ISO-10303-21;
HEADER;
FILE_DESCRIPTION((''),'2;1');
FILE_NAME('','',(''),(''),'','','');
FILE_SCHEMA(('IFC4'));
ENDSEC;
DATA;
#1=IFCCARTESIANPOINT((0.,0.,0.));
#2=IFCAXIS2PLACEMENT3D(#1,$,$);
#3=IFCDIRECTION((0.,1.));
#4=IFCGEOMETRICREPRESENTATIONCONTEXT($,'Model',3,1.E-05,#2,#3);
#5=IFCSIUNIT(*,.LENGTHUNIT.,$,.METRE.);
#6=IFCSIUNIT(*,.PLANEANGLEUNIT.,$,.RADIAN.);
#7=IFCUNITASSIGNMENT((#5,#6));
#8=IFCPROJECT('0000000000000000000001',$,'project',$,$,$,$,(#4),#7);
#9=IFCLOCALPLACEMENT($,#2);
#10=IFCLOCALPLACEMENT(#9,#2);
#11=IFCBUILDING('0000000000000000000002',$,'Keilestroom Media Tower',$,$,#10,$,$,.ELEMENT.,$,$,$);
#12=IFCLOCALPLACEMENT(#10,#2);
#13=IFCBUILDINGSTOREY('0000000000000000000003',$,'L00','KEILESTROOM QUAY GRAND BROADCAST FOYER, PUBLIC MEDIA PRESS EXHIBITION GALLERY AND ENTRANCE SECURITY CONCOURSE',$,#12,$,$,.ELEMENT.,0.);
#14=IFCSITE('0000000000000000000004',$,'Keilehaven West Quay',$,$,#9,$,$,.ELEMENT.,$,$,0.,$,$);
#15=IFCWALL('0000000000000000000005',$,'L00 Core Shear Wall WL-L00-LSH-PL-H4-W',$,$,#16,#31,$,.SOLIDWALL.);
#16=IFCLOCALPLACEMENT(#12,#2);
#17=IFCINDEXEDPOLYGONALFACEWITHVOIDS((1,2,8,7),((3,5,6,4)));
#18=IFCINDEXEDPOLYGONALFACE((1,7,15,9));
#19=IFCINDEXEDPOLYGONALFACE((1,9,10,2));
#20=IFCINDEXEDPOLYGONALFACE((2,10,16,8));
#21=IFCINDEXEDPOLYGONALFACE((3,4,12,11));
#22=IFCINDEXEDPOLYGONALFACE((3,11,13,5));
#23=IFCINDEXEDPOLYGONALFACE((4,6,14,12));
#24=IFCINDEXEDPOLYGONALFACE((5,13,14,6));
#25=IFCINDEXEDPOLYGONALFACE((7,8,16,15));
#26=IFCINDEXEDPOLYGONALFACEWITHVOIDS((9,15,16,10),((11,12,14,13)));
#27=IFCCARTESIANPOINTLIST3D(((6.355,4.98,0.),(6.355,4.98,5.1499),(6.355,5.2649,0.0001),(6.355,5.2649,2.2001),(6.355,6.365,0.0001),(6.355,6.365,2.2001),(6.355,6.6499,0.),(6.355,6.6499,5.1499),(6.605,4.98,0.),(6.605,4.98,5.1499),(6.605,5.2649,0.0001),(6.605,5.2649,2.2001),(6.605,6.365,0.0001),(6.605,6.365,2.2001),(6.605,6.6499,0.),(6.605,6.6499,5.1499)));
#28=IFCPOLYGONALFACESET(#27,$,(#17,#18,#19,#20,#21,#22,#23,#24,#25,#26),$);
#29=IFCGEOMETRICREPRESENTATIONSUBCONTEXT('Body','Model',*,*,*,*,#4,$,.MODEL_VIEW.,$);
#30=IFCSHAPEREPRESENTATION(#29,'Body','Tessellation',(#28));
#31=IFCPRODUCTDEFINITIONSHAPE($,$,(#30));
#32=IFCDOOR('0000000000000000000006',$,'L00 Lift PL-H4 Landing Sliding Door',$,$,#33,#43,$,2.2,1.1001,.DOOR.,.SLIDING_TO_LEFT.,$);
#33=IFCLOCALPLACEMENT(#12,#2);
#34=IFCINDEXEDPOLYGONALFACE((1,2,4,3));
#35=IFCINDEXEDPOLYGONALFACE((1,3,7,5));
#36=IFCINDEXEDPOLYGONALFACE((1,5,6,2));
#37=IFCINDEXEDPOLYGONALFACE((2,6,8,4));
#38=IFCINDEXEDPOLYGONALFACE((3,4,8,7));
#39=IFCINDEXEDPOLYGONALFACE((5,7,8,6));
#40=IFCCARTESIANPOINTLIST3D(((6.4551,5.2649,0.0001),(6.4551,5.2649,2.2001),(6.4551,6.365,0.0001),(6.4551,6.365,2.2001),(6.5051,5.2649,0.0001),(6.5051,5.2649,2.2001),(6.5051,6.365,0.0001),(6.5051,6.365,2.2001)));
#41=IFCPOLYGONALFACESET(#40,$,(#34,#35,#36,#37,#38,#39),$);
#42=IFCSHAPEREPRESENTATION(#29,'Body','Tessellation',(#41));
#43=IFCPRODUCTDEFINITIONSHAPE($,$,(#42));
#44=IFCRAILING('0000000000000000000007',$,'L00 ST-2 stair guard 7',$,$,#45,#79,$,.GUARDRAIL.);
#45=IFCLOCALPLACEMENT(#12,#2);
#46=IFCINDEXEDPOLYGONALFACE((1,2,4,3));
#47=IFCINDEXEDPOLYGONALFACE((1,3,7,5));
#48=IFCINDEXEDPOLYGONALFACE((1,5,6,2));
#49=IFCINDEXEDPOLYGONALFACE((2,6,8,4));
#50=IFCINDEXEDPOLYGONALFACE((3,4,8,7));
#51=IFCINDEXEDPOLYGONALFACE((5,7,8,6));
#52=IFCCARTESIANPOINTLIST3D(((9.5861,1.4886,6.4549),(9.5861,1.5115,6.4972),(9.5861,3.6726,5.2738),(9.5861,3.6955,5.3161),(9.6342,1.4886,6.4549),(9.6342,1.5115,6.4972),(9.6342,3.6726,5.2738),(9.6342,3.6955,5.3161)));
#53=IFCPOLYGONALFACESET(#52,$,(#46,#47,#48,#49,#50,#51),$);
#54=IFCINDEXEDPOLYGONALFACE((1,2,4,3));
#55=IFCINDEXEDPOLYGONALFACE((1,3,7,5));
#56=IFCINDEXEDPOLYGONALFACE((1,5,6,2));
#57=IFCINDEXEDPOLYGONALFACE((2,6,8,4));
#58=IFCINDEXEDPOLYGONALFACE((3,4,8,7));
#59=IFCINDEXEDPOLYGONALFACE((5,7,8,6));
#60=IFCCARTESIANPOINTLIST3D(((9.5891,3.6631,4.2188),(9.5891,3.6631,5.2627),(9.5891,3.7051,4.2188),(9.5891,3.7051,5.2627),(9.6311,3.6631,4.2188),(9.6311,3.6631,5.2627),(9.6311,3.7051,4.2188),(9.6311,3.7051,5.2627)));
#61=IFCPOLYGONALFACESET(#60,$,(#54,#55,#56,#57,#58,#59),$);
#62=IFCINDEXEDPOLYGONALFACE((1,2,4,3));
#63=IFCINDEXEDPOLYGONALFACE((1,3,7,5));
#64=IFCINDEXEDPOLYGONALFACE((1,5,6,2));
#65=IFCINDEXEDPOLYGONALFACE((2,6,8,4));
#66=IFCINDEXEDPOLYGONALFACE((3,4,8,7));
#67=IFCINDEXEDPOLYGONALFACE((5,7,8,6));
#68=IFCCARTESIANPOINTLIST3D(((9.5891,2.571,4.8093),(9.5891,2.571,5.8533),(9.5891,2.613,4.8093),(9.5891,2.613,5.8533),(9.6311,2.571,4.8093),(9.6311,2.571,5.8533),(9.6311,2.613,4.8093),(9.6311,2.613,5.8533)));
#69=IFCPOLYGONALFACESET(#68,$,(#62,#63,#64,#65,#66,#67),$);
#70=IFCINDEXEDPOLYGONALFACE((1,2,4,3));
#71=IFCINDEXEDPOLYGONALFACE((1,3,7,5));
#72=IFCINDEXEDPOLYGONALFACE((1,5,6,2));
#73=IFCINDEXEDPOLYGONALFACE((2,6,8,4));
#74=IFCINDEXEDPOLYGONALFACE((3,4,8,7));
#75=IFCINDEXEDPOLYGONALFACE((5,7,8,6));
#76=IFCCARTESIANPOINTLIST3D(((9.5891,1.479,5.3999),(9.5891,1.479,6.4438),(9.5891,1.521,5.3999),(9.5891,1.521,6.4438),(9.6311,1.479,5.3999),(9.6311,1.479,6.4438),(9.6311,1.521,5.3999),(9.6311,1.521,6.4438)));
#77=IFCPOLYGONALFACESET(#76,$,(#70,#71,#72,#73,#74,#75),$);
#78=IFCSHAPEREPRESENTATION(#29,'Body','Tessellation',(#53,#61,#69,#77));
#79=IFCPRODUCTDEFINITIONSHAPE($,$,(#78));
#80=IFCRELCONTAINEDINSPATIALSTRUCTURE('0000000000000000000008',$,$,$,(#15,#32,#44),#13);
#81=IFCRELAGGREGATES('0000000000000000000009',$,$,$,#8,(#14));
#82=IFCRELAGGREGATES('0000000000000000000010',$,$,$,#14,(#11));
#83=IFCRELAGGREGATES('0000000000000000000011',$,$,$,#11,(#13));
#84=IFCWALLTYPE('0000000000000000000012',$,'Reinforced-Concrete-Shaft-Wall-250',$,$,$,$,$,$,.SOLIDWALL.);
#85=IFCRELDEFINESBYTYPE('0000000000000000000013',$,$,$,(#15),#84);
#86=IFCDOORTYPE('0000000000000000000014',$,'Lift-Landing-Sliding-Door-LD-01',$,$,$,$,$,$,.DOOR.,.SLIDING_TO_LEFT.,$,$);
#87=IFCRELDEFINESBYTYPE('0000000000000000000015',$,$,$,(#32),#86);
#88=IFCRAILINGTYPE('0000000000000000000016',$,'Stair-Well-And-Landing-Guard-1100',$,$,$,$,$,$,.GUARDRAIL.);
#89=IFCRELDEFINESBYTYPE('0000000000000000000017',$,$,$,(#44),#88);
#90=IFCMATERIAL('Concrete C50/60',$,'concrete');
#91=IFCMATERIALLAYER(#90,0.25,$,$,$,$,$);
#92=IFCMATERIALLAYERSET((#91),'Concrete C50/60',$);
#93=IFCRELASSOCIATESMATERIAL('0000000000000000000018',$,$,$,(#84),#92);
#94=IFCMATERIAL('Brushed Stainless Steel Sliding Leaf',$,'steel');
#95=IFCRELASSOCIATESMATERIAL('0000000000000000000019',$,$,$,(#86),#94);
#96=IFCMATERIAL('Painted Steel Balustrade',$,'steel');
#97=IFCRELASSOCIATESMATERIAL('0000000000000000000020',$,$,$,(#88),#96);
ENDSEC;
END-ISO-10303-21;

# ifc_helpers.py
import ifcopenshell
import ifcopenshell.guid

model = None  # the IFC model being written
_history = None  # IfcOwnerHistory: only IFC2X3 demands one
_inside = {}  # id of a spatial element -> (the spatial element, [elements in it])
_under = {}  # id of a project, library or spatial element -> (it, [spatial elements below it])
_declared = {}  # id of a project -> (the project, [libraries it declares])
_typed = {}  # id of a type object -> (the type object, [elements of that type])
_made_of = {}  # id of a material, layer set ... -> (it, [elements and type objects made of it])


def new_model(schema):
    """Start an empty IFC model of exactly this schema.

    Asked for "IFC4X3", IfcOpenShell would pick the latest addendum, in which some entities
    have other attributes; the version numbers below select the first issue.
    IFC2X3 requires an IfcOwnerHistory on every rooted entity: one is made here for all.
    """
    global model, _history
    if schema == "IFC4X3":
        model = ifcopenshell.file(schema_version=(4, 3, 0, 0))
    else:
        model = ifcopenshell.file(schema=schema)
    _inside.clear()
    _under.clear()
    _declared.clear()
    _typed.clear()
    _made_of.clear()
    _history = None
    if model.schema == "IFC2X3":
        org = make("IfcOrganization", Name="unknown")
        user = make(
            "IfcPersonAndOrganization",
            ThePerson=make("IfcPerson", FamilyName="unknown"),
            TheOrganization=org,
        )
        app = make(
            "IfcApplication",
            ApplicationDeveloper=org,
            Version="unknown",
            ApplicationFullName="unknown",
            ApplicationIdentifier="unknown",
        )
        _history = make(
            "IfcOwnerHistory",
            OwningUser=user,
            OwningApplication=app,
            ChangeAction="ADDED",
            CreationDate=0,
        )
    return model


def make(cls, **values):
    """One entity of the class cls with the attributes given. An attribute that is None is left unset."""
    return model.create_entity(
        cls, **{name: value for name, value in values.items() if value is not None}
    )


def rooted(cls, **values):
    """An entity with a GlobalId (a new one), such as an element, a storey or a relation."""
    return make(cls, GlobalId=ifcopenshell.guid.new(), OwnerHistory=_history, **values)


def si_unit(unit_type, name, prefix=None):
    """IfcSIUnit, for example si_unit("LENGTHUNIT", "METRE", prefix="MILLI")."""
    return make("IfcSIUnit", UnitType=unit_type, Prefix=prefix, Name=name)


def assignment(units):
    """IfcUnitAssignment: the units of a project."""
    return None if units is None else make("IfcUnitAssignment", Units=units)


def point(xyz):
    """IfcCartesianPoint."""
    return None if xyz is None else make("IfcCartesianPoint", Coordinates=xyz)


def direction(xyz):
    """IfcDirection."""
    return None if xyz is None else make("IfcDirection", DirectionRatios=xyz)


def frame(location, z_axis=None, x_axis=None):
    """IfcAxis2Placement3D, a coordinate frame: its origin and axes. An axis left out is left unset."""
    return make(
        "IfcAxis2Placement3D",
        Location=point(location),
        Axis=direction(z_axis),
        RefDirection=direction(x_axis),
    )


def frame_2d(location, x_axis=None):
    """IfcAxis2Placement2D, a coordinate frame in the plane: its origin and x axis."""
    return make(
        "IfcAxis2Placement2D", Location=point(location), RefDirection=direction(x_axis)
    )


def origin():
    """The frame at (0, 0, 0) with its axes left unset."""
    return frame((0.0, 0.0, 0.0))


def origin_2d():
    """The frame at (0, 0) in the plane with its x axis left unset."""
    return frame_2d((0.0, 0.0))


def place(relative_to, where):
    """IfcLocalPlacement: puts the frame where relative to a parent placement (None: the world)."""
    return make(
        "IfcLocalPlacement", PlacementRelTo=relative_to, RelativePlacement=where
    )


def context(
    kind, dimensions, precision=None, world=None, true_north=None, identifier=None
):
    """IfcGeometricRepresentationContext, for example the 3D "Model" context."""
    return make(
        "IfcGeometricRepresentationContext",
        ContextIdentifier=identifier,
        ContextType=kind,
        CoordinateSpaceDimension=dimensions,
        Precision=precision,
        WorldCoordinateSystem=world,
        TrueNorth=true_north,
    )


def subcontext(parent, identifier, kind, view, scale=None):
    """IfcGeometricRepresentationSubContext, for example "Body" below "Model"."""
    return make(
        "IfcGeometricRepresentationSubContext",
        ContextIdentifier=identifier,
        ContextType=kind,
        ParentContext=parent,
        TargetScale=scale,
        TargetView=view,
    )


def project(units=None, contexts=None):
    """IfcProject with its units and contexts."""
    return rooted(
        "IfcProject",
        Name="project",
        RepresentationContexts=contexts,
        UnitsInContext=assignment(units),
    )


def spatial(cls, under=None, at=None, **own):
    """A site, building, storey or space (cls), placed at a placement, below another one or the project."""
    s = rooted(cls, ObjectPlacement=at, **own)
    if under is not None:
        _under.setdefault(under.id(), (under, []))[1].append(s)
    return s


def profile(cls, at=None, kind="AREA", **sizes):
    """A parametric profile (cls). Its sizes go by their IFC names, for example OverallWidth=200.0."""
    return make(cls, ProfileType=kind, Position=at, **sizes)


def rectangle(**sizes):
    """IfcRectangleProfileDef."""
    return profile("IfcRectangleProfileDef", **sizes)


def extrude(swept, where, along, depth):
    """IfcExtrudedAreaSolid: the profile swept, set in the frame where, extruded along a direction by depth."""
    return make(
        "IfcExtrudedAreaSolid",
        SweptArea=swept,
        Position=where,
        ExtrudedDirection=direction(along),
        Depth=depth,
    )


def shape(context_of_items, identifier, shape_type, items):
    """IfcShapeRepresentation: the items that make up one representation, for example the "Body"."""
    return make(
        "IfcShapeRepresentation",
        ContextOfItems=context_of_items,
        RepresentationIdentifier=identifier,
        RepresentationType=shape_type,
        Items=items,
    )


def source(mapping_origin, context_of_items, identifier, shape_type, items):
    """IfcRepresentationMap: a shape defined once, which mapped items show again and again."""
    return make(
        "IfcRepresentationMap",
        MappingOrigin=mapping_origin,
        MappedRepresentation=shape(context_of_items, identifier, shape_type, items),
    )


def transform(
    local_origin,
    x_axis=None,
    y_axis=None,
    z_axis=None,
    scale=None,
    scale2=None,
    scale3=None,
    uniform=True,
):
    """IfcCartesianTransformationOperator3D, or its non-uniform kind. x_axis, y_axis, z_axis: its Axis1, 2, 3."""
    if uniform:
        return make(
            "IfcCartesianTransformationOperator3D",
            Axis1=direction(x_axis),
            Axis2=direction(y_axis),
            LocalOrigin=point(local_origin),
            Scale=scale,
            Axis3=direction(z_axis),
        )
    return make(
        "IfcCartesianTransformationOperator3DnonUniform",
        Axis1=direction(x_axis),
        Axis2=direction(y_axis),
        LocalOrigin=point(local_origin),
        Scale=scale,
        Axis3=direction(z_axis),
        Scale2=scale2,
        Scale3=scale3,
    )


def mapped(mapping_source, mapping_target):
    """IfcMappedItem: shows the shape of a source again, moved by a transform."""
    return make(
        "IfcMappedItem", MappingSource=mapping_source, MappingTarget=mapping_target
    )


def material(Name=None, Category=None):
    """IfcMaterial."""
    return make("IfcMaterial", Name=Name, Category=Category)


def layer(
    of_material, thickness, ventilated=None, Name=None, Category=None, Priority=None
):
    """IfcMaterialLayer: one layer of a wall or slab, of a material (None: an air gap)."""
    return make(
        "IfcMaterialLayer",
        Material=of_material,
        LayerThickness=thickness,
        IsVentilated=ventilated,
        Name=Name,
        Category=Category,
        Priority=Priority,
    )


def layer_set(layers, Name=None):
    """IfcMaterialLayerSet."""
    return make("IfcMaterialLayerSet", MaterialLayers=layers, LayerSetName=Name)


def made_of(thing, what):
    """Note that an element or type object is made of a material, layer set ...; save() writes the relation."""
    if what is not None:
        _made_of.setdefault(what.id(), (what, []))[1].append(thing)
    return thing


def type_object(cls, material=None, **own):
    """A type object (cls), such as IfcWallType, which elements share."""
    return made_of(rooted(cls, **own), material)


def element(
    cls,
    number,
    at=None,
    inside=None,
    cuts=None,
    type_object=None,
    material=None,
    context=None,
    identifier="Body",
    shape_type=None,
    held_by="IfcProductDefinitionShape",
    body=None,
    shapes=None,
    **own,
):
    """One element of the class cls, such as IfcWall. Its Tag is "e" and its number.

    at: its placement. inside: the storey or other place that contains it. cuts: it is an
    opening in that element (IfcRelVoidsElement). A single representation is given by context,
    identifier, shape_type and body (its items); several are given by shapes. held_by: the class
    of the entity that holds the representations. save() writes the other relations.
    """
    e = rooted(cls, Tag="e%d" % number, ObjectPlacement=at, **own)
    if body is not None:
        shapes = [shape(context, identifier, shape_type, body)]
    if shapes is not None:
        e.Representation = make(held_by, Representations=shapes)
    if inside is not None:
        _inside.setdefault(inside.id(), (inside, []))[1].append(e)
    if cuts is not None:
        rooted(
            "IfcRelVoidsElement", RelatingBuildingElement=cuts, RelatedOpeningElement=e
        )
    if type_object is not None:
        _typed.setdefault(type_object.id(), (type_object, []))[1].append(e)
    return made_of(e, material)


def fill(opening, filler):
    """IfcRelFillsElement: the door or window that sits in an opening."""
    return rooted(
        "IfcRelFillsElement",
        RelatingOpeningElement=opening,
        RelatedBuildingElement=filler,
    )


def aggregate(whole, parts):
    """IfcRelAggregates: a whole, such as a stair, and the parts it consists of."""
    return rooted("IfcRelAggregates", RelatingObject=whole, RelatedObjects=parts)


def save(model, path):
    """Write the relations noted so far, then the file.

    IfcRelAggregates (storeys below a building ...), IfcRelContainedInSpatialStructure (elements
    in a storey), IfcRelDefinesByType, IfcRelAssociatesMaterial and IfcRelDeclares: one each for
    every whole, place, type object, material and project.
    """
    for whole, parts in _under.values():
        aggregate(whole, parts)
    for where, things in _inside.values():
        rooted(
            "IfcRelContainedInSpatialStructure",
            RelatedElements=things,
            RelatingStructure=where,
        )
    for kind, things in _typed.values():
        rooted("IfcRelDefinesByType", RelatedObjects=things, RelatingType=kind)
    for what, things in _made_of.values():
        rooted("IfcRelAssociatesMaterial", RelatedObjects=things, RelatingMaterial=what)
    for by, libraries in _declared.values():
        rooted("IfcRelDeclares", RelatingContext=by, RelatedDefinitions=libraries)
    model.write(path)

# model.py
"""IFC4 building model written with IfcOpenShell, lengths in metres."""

from ifc_helpers import new_model, si_unit, direction, frame, frame_2d, origin, origin_2d, place, context, subcontext, project, spatial, rectangle, extrude, source, transform, mapped, material, layer, layer_set, type_object, element, fill, save


model = new_model("IFC4")

# Units and contexts
model_context = context("Model", 3, precision=1e-05, world=origin(), true_north=direction((0.0, 1.0)))
body_context = subcontext(model_context, "Body", "Model", "MODEL_VIEW")
ifc_project = project(units=[si_unit("LENGTHUNIT", "METRE"), si_unit("PLANEANGLEUNIT", "RADIAN")], contexts=[model_context])

# Site, building, storey
site_placement = place(None, origin())
site = spatial("IfcSite", under=ifc_project, at=site_placement, Name="Keilehaven West Quay", CompositionType="ELEMENT", RefElevation=0.0)
building_placement = place(site_placement, origin())
building = spatial("IfcBuilding", under=site, at=building_placement, Name="Keilestroom Media Tower", CompositionType="ELEMENT")
storey_placement = place(building_placement, origin())
storey = spatial("IfcBuildingStorey", under=building, at=storey_placement, Name="L00", Description="KEILESTROOM QUAY GRAND BROADCAST FOYER, PUBLIC MEDIA PRESS EXHIBITION GALLERY AND ENTRANCE SECURITY CONCOURSE", CompositionType="ELEMENT", Elevation=0.0)

# Shared definitions
ifc_material_1 = material(Name="Concrete C50/60", Category="concrete")
ifc_layer_1 = layer(ifc_material_1, 0.25)
ifc_layer_set_1 = layer_set([ifc_layer_1], Name="Concrete C50/60")
wall_type_1 = type_object("IfcWallType", Name="Reinforced-Concrete-Shaft-Wall-250", PredefinedType="SOLIDWALL", material=ifc_layer_set_1)

# Wall, opening, door
wall_1_placement = place(storey_placement, frame((6.48, 4.98, 0.0), z_axis=(0.0, 0.0, 1.0), x_axis=(0.0, 1.0, 0.0)))
wall_1 = element("IfcWall", 1, at=wall_1_placement, inside=storey, type_object=wall_type_1, Name="L00 Core Shear Wall WL-L00-LSH-PL-H4-W", PredefinedType="SOLIDWALL", context=body_context, shape_type="SweptSolid", body=[
    extrude(rectangle(XDim=1.6699, YDim=0.25, at=frame_2d((0.835, 0.0))), origin(), (0.0, 0.0, 1.0), 5.1499),
])
opening_placement = place(wall_1_placement, frame((0.2849, 0.0, 0.0)))
opening = element("IfcOpeningElement", 2, at=opening_placement, cuts=wall_1, PredefinedType="OPENING", context=body_context, shape_type="SweptSolid", body=[
    extrude(rectangle(XDim=1.1001, YDim=2.2, at=frame_2d((0.55, 1.1001))), frame((0.0, 0.135, 0.0), z_axis=(0.0, -1.0, 0.0), x_axis=(1.0, 0.0, 0.0)), (0.0, 0.0, 1.0), 0.27),
])
ifc_material_2 = material(Name="Brushed Stainless Steel Sliding Leaf", Category="steel")
door_type = type_object("IfcDoorType", Name="Lift-Landing-Sliding-Door-LD-01", OperationType="SLIDING_TO_LEFT", PredefinedType="DOOR", material=ifc_material_2)
shared_shape_1 = source(origin(), body_context, "Body", "SweptSolid", [
    extrude(rectangle(XDim=1.1001, YDim=2.2, at=frame_2d((0.55, 1.1001))), frame((0.0, 0.0249, 0.0), z_axis=(0.0, -1.0, 0.0), x_axis=(1.0, 0.0, 0.0)), (0.0, 0.0, 1.0), 0.05),
])
door_placement = place(opening_placement, origin())
door = element("IfcDoor", 3, at=door_placement, inside=storey, type_object=door_type, Name="L00 Lift PL-H4 Landing Sliding Door", OperationType="SLIDING_TO_LEFT", OverallHeight=2.2, OverallWidth=1.1001, PredefinedType="DOOR", context=body_context, shape_type="MappedRepresentation", body=[
    mapped(shared_shape_1, transform((0.0, 0.0, 0.0), x_axis=(1.0, 0.0, 0.0), y_axis=(0.0, 1.0, 0.0), z_axis=(0.0, 0.0, 1.0), scale=1.0)),
])
fill(opening, door)

# Railing
ifc_material_3 = material(Name="Painted Steel Balustrade", Category="steel")
railing_type = type_object("IfcRailingType", Name="Stair-Well-And-Landing-Guard-1100", PredefinedType="GUARDRAIL", material=ifc_material_3)
railing_placement = place(storey_placement, frame((9.6101, 3.6841, 4.2188)))
element("IfcRailing", 4, at=railing_placement, inside=storey, type_object=railing_type, Name="L00 ST-2 stair guard 7", PredefinedType="GUARDRAIL", context=body_context, shape_type="SweptSolid", body=[
    extrude(rectangle(XDim=0.0481, YDim=0.0481, at=origin_2d()), frame((0.0, 0.0, 1.0762), z_axis=(0.0, -0.879611, 0.475694), x_axis=(1.0, 0.0, 0.0)), (0.0, 0.0, 1.0), 2.4829),
    extrude(rectangle(XDim=0.042, YDim=0.042, at=origin_2d()), origin(), (0.0, 0.0, 1.0), 1.0439),
    extrude(rectangle(XDim=0.042, YDim=0.042, at=origin_2d()), frame((0.0, -1.092, 0.5906)), (0.0, 0.0, 1.0), 1.0439),
    extrude(rectangle(XDim=0.042, YDim=0.042, at=origin_2d()), frame((0.0, -2.1841, 1.1812)), (0.0, 0.0, 1.0), 1.0439),
])

save(model, "model.ifc")
